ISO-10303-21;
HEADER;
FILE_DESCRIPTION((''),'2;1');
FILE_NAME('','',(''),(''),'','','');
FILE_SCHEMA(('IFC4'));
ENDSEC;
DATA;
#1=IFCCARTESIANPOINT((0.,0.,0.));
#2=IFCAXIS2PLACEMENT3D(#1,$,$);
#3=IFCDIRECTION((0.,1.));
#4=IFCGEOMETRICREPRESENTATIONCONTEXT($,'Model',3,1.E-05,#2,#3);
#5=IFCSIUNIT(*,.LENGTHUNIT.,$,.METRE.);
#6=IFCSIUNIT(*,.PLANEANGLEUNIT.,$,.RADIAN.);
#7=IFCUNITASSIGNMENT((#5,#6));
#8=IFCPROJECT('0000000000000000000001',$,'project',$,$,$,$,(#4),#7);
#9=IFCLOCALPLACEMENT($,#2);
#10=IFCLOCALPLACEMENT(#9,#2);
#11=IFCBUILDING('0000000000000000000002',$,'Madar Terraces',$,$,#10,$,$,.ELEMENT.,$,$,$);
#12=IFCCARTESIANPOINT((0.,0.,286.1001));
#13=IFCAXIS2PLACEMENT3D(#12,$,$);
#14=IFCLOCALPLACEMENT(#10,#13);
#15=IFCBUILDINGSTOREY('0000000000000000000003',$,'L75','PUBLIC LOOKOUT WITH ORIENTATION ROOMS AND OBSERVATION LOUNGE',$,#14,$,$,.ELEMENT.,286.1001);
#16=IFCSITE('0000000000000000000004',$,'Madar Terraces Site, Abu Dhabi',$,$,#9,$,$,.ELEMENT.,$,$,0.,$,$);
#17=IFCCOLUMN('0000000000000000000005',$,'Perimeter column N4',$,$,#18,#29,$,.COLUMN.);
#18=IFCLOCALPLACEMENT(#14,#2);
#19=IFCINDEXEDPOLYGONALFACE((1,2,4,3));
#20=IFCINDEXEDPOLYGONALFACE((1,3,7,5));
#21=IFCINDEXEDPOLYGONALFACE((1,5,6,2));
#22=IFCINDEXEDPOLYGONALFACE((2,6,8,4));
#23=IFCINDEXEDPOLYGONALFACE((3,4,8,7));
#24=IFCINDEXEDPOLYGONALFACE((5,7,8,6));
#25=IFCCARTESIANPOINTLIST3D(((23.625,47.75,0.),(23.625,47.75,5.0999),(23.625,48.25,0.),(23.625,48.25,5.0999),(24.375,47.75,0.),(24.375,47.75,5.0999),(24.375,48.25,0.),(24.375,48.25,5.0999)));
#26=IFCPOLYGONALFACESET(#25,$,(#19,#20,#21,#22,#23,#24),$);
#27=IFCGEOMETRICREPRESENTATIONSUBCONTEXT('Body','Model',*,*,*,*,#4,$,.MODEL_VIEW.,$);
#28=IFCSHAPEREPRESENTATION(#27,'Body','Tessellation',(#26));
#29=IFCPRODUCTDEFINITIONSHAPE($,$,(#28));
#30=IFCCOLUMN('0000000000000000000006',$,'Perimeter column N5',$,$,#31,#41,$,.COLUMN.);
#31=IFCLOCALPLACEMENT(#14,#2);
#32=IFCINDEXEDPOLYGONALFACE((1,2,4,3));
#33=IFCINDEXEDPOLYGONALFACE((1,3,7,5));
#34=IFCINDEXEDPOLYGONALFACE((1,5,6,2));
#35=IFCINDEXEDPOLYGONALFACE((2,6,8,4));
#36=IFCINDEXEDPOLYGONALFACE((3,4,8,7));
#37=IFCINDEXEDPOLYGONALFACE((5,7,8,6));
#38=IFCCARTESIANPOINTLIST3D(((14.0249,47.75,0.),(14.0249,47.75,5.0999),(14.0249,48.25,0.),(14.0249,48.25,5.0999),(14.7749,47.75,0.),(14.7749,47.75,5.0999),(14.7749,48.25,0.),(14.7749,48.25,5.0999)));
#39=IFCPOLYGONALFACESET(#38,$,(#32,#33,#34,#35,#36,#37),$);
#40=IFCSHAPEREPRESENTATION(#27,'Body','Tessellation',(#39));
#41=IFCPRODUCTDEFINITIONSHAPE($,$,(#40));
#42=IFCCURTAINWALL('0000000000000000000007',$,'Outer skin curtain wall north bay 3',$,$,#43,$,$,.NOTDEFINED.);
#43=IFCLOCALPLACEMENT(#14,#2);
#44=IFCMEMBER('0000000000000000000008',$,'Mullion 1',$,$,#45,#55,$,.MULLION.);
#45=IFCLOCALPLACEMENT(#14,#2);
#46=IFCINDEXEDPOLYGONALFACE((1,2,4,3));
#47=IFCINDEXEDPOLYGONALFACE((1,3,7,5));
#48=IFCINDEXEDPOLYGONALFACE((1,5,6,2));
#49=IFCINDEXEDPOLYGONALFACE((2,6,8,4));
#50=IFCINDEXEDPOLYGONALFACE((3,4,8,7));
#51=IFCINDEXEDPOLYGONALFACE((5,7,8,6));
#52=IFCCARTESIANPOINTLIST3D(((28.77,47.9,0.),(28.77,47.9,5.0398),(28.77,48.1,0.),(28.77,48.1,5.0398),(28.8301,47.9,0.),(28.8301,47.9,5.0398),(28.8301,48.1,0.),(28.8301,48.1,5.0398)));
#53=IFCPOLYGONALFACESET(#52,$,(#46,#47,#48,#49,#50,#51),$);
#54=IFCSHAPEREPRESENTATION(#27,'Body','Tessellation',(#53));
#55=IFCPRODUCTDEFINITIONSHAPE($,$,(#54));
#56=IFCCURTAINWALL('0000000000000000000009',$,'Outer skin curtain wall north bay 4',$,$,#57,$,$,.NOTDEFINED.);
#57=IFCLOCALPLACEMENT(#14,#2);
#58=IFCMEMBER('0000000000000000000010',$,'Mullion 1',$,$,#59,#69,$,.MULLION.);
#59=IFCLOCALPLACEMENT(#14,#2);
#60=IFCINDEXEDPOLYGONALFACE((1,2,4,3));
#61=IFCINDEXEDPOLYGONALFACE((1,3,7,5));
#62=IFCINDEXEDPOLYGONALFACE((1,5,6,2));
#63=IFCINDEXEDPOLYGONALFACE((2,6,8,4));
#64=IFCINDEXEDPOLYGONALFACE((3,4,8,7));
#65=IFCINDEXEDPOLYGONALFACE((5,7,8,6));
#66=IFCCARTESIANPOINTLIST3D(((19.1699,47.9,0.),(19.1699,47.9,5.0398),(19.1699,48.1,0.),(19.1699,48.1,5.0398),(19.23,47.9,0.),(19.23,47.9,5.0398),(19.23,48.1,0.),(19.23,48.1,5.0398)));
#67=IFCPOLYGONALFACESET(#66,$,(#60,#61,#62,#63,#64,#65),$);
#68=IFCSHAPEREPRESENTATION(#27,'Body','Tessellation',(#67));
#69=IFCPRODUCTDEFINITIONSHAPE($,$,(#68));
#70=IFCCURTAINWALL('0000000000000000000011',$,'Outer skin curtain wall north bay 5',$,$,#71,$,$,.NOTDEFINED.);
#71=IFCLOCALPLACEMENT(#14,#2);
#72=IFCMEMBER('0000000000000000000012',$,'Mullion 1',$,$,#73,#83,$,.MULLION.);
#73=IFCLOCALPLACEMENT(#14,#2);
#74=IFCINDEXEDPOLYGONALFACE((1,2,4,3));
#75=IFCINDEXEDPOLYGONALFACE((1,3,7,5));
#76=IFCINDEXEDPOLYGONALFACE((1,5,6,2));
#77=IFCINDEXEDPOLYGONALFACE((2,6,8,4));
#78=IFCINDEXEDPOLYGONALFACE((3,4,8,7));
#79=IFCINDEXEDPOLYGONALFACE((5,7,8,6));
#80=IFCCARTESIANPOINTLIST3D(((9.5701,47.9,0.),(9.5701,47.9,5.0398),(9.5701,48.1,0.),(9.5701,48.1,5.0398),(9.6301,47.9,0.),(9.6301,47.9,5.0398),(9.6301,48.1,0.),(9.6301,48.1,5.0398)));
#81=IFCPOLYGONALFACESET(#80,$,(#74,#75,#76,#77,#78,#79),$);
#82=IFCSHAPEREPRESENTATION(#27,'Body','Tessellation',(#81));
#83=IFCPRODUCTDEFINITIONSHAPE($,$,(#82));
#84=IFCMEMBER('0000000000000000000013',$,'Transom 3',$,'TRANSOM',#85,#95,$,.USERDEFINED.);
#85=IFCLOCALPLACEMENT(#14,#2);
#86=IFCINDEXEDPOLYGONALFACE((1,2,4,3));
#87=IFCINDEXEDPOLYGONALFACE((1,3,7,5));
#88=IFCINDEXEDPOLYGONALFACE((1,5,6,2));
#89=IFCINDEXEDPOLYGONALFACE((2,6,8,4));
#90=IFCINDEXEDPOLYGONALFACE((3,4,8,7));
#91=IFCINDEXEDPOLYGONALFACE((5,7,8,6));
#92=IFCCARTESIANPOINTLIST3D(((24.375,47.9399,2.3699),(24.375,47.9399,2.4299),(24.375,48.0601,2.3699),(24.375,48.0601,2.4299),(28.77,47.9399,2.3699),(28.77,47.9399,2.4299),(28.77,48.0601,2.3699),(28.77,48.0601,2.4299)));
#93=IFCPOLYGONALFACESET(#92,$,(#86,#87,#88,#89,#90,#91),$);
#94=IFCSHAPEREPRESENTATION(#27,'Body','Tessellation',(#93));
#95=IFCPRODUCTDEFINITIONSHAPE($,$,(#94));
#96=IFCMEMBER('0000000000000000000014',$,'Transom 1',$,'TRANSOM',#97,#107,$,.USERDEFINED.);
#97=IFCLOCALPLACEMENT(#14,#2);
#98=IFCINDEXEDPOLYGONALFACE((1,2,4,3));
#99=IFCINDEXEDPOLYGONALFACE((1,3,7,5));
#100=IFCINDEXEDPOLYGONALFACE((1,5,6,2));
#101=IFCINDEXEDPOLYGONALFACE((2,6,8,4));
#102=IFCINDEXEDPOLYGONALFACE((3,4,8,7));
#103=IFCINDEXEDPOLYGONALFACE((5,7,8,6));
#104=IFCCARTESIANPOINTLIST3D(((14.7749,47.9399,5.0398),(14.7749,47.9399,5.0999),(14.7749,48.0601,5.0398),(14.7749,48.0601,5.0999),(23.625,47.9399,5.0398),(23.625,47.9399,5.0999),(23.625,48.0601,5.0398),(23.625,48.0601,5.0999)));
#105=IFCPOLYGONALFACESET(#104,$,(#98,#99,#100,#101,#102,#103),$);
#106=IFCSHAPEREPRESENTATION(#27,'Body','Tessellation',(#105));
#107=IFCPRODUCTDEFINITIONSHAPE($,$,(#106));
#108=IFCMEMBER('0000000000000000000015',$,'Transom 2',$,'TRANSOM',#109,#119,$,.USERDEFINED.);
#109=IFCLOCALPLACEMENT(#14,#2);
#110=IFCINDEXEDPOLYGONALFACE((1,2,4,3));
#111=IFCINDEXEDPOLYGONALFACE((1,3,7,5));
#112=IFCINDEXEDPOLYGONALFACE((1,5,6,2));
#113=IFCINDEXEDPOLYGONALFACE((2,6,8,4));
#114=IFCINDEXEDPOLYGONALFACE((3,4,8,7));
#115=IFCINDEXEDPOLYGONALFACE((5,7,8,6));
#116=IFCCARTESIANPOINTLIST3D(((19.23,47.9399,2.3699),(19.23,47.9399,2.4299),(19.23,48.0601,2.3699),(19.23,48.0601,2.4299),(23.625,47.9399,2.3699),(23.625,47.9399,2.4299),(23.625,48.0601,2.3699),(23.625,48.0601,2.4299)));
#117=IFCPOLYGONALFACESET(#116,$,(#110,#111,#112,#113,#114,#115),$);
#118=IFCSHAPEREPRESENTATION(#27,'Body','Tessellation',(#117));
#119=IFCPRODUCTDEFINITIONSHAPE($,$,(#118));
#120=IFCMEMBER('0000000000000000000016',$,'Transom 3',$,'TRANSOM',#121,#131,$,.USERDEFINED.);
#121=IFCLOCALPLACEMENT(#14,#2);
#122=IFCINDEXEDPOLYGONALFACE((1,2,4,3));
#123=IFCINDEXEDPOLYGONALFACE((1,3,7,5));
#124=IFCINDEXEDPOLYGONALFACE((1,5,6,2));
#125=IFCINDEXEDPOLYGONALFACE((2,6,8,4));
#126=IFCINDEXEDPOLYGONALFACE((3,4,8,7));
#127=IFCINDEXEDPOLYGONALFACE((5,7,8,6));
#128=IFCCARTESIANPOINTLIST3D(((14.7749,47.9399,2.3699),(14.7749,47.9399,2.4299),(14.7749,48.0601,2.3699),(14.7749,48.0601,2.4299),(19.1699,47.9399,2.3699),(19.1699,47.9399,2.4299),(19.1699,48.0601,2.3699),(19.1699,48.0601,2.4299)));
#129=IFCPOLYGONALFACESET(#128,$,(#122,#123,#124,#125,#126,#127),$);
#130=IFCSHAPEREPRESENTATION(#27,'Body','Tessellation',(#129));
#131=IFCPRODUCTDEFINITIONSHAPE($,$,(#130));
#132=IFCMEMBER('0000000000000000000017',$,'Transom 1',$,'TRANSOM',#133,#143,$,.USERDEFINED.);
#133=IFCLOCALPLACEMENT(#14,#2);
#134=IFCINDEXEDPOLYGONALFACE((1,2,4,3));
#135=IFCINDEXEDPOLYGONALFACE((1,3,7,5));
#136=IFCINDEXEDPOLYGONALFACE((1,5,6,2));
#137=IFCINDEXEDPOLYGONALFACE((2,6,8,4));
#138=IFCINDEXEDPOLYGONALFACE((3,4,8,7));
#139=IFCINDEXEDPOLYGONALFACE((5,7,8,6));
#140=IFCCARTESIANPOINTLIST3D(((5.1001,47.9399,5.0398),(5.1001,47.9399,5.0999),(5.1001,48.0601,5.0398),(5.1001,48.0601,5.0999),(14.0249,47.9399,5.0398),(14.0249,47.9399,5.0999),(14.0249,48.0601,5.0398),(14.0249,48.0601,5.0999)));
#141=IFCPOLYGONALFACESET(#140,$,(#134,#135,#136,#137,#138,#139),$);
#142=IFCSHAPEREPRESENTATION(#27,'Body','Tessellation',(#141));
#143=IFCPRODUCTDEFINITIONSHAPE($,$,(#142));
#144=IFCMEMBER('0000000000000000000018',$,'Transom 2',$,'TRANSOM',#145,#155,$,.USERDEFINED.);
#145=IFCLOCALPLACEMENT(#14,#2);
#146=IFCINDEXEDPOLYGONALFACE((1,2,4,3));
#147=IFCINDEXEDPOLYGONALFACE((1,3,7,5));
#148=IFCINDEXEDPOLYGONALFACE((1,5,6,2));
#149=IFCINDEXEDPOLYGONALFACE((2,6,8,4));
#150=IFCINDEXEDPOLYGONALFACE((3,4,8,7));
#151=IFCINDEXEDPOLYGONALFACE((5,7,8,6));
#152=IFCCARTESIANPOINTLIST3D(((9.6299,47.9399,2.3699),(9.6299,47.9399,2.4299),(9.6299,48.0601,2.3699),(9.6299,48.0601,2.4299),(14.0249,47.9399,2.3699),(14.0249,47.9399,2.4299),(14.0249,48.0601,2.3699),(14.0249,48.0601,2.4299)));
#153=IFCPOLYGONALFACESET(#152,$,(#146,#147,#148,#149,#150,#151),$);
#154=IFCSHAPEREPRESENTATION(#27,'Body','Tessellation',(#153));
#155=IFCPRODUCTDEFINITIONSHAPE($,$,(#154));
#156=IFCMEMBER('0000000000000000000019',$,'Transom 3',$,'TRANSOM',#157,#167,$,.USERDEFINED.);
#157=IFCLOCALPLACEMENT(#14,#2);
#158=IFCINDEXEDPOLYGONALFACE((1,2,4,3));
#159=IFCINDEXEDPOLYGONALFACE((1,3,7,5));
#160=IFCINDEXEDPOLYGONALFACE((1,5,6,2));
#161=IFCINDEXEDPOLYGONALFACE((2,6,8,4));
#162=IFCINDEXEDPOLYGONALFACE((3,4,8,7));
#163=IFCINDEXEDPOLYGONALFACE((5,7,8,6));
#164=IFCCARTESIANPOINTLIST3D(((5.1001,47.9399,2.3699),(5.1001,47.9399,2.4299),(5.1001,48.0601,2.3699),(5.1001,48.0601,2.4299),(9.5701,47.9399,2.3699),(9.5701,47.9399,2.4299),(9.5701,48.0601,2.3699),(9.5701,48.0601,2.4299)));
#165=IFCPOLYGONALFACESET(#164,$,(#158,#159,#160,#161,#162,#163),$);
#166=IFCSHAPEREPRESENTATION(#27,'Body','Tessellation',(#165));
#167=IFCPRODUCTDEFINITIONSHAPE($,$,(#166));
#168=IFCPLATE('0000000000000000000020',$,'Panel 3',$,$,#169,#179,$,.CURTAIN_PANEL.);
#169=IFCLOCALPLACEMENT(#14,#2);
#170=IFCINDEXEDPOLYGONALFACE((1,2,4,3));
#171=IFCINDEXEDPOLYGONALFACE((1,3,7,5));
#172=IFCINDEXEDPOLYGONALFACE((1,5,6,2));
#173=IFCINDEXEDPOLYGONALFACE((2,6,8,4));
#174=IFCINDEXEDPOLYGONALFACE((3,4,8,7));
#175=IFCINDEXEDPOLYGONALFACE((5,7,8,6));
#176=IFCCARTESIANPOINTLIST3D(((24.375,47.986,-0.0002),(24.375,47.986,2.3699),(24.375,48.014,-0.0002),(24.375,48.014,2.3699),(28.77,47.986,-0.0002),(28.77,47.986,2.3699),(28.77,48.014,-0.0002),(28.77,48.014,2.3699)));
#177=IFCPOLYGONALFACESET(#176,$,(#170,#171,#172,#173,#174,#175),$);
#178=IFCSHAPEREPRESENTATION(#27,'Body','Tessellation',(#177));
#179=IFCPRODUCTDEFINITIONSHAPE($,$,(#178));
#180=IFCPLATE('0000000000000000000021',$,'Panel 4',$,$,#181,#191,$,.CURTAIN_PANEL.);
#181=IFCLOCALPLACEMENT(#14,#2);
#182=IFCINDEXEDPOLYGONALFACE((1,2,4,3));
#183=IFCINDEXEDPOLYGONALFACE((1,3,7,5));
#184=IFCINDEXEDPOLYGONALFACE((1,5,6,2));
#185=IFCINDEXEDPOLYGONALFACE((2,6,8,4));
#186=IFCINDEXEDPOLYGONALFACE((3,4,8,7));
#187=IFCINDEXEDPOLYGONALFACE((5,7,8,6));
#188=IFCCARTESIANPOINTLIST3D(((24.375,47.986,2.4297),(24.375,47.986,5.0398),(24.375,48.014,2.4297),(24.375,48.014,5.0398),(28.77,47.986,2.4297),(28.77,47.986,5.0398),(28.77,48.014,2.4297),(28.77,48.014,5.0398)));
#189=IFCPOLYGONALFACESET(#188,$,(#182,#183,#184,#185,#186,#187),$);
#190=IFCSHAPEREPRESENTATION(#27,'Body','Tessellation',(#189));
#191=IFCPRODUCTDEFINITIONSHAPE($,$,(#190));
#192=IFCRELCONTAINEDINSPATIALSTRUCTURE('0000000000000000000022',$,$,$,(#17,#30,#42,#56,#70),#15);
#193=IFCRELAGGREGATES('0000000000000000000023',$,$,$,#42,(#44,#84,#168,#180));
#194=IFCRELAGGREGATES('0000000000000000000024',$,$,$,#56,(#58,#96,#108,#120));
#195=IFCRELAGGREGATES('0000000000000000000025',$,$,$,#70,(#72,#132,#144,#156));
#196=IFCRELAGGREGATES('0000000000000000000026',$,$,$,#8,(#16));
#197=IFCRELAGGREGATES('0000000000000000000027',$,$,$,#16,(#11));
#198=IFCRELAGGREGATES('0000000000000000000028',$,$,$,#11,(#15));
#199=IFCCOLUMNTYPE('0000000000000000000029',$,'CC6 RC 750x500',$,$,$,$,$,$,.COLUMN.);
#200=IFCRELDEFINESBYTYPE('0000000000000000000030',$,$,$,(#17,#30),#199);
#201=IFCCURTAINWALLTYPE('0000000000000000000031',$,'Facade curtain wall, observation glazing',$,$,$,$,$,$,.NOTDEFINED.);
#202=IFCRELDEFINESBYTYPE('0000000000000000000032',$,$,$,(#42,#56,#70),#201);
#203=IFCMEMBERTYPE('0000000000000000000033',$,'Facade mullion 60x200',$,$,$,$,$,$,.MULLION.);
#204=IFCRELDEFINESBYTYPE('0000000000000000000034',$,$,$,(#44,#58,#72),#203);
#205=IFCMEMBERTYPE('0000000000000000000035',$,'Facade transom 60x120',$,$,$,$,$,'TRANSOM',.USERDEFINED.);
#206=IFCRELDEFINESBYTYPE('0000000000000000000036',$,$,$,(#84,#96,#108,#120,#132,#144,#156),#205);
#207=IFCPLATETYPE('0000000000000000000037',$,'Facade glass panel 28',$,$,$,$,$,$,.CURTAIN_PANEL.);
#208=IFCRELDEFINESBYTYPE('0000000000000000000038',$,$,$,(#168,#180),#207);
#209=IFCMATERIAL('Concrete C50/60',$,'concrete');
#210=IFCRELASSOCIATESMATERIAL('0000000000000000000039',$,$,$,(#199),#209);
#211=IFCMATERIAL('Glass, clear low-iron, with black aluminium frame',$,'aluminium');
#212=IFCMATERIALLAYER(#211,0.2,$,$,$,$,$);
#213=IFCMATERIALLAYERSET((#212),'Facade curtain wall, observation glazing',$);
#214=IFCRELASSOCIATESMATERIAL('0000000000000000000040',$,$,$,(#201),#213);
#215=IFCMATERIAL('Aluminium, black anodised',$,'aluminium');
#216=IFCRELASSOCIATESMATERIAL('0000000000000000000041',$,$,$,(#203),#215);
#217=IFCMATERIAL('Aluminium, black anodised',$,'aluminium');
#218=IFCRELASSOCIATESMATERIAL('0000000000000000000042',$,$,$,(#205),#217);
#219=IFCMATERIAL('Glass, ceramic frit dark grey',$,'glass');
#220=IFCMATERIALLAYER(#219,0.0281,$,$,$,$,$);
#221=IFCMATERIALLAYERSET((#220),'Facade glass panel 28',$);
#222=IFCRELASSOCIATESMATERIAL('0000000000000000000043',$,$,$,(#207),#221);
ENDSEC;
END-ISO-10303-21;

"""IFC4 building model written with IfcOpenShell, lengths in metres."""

from ifc_helpers import new_model, si_unit, direction, frame, origin, origin_2d, place, context, subcontext, project, spatial, rectangle, extrude, material, layer, layer_set, material_profile, profile_set, type_object, element, aggregate, save


model = new_model("IFC4")

# Units and contexts
model_context = context("Model", 3, precision=1e-05, world=origin(), true_north=direction((0.0, 1.0)))
body_context = subcontext(model_context, "Body", "Model", "MODEL_VIEW")
ifc_project = project(units=[si_unit("LENGTHUNIT", "METRE"), si_unit("PLANEANGLEUNIT", "RADIAN")], contexts=[model_context])

# Site, building, storey
site_placement = place(None, origin())
site = spatial("IfcSite", under=ifc_project, at=site_placement, Name="Madar Terraces Site, Abu Dhabi", CompositionType="ELEMENT", RefElevation=0.0)
building_placement = place(site_placement, origin())
building = spatial("IfcBuilding", under=site, at=building_placement, Name="Madar Terraces", CompositionType="ELEMENT")
storey_placement = place(building_placement, frame((0.0, 0.0, 286.1001)))
storey = spatial("IfcBuildingStorey", under=building, at=storey_placement, Name="L75", Description="PUBLIC LOOKOUT WITH ORIENTATION ROOMS AND OBSERVATION LOUNGE", CompositionType="ELEMENT", Elevation=286.1001)

# Columns
ifc_material_1 = material(Name="Concrete C50/60", Category="concrete")
ifc_material_profile_1 = material_profile(ifc_material_1, rectangle(XDim=0.75, YDim=0.5, at=origin_2d()), Name="CC6 RC 750x500")
ifc_profile_set_1 = profile_set([ifc_material_profile_1], Name="Concrete C50/60")
column_type = type_object("IfcColumnType", Name="CC6 RC 750x500", PredefinedType="COLUMN", material=ifc_profile_set_1)
for number, where, z_axis, x_axis, name in (
    (1, (24.0, 48.0, 0.0), (0.0, 0.0, 1.0), (1.0, 0.0, 0.0), "Perimeter column N4"),
    (2, (14.3999, 48.0, 0.0), (0.0, 0.0, 1.0), (1.0, 0.0, 0.0), "Perimeter column N5"),
):
    element("IfcColumn", number, at=place(storey_placement, frame(where, z_axis=z_axis, x_axis=x_axis)), inside=storey, type_object=column_type, Name=name, PredefinedType="COLUMN", context=body_context, shape_type="SweptSolid", body=[
        extrude(rectangle(XDim=0.75, YDim=0.5, at=origin_2d()), origin(), (0.0, 0.0, 1.0), 5.0999),
    ])

# Curtain walls, members
ifc_material_2 = material(Name="Glass, clear low-iron, with black aluminium frame", Category="aluminium")
ifc_layer_1 = layer(ifc_material_2, 0.2)
ifc_layer_set_1 = layer_set([ifc_layer_1], Name="Facade curtain wall, observation glazing")
curtain_wall_type = type_object("IfcCurtainWallType", Name="Facade curtain wall, observation glazing", PredefinedType="NOTDEFINED", material=ifc_layer_set_1)
curtain_wall_1_placement = place(storey_placement, origin())
curtain_wall_1 = element("IfcCurtainWall", 3, at=curtain_wall_1_placement, inside=storey, type_object=curtain_wall_type, Name="Outer skin curtain wall north bay 3", PredefinedType="NOTDEFINED")
ifc_material_3 = material(Name="Aluminium, black anodised", Category="aluminium")
ifc_material_profile_2 = material_profile(ifc_material_3, rectangle(XDim=0.2, YDim=0.0601, at=origin_2d()), Name="Facade mullion 60x200")
ifc_profile_set_2 = profile_set([ifc_material_profile_2], Name="Aluminium, black anodised")
member_type_1 = type_object("IfcMemberType", Name="Facade mullion 60x200", PredefinedType="MULLION", material=ifc_profile_set_2)
member_1_placement = place(storey_placement, frame((28.8, 48.0, 0.0), z_axis=(0.0, 0.0, 1.0), x_axis=(0.0, -1.0, 0.0)))
member_1 = element("IfcMember", 4, at=member_1_placement, type_object=member_type_1, Name="Mullion 1", PredefinedType="MULLION", context=body_context, shape_type="SweptSolid", body=[
    extrude(rectangle(XDim=0.2, YDim=0.0601, at=origin_2d()), origin(), (0.0, 0.0, 1.0), 5.0398),
])
curtain_wall_2_placement = place(storey_placement, origin())
curtain_wall_2 = element("IfcCurtainWall", 5, at=curtain_wall_2_placement, inside=storey, type_object=curtain_wall_type, Name="Outer skin curtain wall north bay 4", PredefinedType="NOTDEFINED")
member_2_placement = place(storey_placement, frame((19.2, 48.0, 0.0), z_axis=(0.0, 0.0, 1.0), x_axis=(0.0, -1.0, 0.0)))
member_2 = element("IfcMember", 6, at=member_2_placement, type_object=member_type_1, Name="Mullion 1", PredefinedType="MULLION", context=body_context, shape_type="SweptSolid", body=[
    extrude(rectangle(XDim=0.2, YDim=0.0601, at=origin_2d()), origin(), (0.0, 0.0, 1.0), 5.0398),
])
curtain_wall_3_placement = place(storey_placement, origin())
curtain_wall_3 = element("IfcCurtainWall", 7, at=curtain_wall_3_placement, inside=storey, type_object=curtain_wall_type, Name="Outer skin curtain wall north bay 5", PredefinedType="NOTDEFINED")
member_3_placement = place(storey_placement, frame((9.6001, 48.0, 0.0), z_axis=(0.0, 0.0, 1.0), x_axis=(0.0, -1.0, 0.0)))
member_3 = element("IfcMember", 8, at=member_3_placement, type_object=member_type_1, Name="Mullion 1", PredefinedType="MULLION", context=body_context, shape_type="SweptSolid", body=[
    extrude(rectangle(XDim=0.2, YDim=0.0601, at=origin_2d()), origin(), (0.0, 0.0, 1.0), 5.0398),
])

# Members
ifc_material_4 = material(Name="Aluminium, black anodised", Category="aluminium")
ifc_material_profile_3 = material_profile(ifc_material_4, rectangle(XDim=0.1201, YDim=0.0601, at=origin_2d()), Name="Facade transom 60x120")
ifc_profile_set_3 = profile_set([ifc_material_profile_3], Name="Aluminium, black anodised")
member_type_2 = type_object("IfcMemberType", Name="Facade transom 60x120", ElementType="TRANSOM", PredefinedType="USERDEFINED", material=ifc_profile_set_3)
member_4_placement = place(storey_placement, frame((28.77, 48.0, 2.3999), z_axis=(-1.0, 0.0, 0.0), x_axis=(0.0, -1.0, 0.0)))
member_4 = element("IfcMember", 9, at=member_4_placement, type_object=member_type_2, Name="Transom 3", ObjectType="TRANSOM", PredefinedType="USERDEFINED", context=body_context, shape_type="SweptSolid", body=[
    extrude(rectangle(XDim=0.1201, YDim=0.0601, at=origin_2d()), origin(), (0.0, 0.0, 1.0), 4.395),
])
member_5_placement = place(storey_placement, frame((23.625, 48.0, 5.0698), z_axis=(-1.0, 0.0, 0.0), x_axis=(0.0, -1.0, 0.0)))
member_5 = element("IfcMember", 10, at=member_5_placement, type_object=member_type_2, Name="Transom 1", ObjectType="TRANSOM", PredefinedType="USERDEFINED", context=body_context, shape_type="SweptSolid", body=[
    extrude(rectangle(XDim=0.1201, YDim=0.0601, at=origin_2d()), origin(), (0.0, 0.0, 1.0), 8.8501),
])
member_6_placement = place(storey_placement, frame((23.625, 48.0, 2.3999), z_axis=(-1.0, 0.0, 0.0), x_axis=(0.0, -1.0, 0.0)))
member_6 = element("IfcMember", 11, at=member_6_placement, type_object=member_type_2, Name="Transom 2", ObjectType="TRANSOM", PredefinedType="USERDEFINED", context=body_context, shape_type="SweptSolid", body=[
    extrude(rectangle(XDim=0.1201, YDim=0.0601, at=origin_2d()), origin(), (0.0, 0.0, 1.0), 4.395),
])
member_7_placement = place(storey_placement, frame((19.1699, 48.0, 2.3999), z_axis=(-1.0, 0.0, 0.0), x_axis=(0.0, -1.0, 0.0)))
member_7 = element("IfcMember", 12, at=member_7_placement, type_object=member_type_2, Name="Transom 3", ObjectType="TRANSOM", PredefinedType="USERDEFINED", context=body_context, shape_type="SweptSolid", body=[
    extrude(rectangle(XDim=0.1201, YDim=0.0601, at=origin_2d()), origin(), (0.0, 0.0, 1.0), 4.395),
])
member_8_placement = place(storey_placement, frame((14.0249, 48.0, 5.0698), z_axis=(-1.0, 0.0, 0.0), x_axis=(0.0, -1.0, 0.0)))
member_8 = element("IfcMember", 13, at=member_8_placement, type_object=member_type_2, Name="Transom 1", ObjectType="TRANSOM", PredefinedType="USERDEFINED", context=body_context, shape_type="SweptSolid", body=[
    extrude(rectangle(XDim=0.1201, YDim=0.0601, at=origin_2d()), origin(), (0.0, 0.0, 1.0), 8.9248),
])
member_9_placement = place(storey_placement, frame((14.0249, 48.0, 2.3999), z_axis=(-1.0, 0.0, 0.0), x_axis=(0.0, -1.0, 0.0)))
member_9 = element("IfcMember", 14, at=member_9_placement, type_object=member_type_2, Name="Transom 2", ObjectType="TRANSOM", PredefinedType="USERDEFINED", context=body_context, shape_type="SweptSolid", body=[
    extrude(rectangle(XDim=0.1201, YDim=0.0601, at=origin_2d()), origin(), (0.0, 0.0, 1.0), 4.395),
])
member_10_placement = place(storey_placement, frame((9.5701, 48.0, 2.3999), z_axis=(-1.0, 0.0, 0.0), x_axis=(0.0, -1.0, 0.0)))
member_10 = element("IfcMember", 15, at=member_10_placement, type_object=member_type_2, Name="Transom 3", ObjectType="TRANSOM", PredefinedType="USERDEFINED", context=body_context, shape_type="SweptSolid", body=[
    extrude(rectangle(XDim=0.1201, YDim=0.0601, at=origin_2d()), origin(), (0.0, 0.0, 1.0), 4.47),
])

# Plates
ifc_material_5 = material(Name="Glass, ceramic frit dark grey", Category="glass")
ifc_layer_2 = layer(ifc_material_5, 0.0281)
ifc_layer_set_2 = layer_set([ifc_layer_2], Name="Facade glass panel 28")
plate_type = type_object("IfcPlateType", Name="Facade glass panel 28", PredefinedType="CURTAIN_PANEL", material=ifc_layer_set_2)
plate_1_placement = place(storey_placement, frame((26.5725, 48.0, -0.0002), z_axis=(0.0, 0.0, 1.0), x_axis=(-1.0, 0.0, 0.0)))
plate_1 = element("IfcPlate", 16, at=plate_1_placement, type_object=plate_type, Name="Panel 3", PredefinedType="CURTAIN_PANEL", context=body_context, shape_type="SweptSolid", body=[
    extrude(rectangle(XDim=4.395, YDim=0.0281, at=origin_2d()), origin(), (0.0, 0.0, 1.0), 2.3701),
])
plate_2_placement = place(storey_placement, frame((26.5725, 48.0, 2.4297), z_axis=(0.0, 0.0, 1.0), x_axis=(-1.0, 0.0, 0.0)))
plate_2 = element("IfcPlate", 17, at=plate_2_placement, type_object=plate_type, Name="Panel 4", PredefinedType="CURTAIN_PANEL", context=body_context, shape_type="SweptSolid", body=[
    extrude(rectangle(XDim=4.395, YDim=0.0281, at=origin_2d()), origin(), (0.0, 0.0, 1.0), 2.6101),
])
aggregate(curtain_wall_1, [member_1, member_4, plate_1, plate_2])
aggregate(curtain_wall_2, [member_2, member_5, member_6, member_7])
aggregate(curtain_wall_3, [member_3, member_8, member_9, member_10])

save(model, "model.ifc")
